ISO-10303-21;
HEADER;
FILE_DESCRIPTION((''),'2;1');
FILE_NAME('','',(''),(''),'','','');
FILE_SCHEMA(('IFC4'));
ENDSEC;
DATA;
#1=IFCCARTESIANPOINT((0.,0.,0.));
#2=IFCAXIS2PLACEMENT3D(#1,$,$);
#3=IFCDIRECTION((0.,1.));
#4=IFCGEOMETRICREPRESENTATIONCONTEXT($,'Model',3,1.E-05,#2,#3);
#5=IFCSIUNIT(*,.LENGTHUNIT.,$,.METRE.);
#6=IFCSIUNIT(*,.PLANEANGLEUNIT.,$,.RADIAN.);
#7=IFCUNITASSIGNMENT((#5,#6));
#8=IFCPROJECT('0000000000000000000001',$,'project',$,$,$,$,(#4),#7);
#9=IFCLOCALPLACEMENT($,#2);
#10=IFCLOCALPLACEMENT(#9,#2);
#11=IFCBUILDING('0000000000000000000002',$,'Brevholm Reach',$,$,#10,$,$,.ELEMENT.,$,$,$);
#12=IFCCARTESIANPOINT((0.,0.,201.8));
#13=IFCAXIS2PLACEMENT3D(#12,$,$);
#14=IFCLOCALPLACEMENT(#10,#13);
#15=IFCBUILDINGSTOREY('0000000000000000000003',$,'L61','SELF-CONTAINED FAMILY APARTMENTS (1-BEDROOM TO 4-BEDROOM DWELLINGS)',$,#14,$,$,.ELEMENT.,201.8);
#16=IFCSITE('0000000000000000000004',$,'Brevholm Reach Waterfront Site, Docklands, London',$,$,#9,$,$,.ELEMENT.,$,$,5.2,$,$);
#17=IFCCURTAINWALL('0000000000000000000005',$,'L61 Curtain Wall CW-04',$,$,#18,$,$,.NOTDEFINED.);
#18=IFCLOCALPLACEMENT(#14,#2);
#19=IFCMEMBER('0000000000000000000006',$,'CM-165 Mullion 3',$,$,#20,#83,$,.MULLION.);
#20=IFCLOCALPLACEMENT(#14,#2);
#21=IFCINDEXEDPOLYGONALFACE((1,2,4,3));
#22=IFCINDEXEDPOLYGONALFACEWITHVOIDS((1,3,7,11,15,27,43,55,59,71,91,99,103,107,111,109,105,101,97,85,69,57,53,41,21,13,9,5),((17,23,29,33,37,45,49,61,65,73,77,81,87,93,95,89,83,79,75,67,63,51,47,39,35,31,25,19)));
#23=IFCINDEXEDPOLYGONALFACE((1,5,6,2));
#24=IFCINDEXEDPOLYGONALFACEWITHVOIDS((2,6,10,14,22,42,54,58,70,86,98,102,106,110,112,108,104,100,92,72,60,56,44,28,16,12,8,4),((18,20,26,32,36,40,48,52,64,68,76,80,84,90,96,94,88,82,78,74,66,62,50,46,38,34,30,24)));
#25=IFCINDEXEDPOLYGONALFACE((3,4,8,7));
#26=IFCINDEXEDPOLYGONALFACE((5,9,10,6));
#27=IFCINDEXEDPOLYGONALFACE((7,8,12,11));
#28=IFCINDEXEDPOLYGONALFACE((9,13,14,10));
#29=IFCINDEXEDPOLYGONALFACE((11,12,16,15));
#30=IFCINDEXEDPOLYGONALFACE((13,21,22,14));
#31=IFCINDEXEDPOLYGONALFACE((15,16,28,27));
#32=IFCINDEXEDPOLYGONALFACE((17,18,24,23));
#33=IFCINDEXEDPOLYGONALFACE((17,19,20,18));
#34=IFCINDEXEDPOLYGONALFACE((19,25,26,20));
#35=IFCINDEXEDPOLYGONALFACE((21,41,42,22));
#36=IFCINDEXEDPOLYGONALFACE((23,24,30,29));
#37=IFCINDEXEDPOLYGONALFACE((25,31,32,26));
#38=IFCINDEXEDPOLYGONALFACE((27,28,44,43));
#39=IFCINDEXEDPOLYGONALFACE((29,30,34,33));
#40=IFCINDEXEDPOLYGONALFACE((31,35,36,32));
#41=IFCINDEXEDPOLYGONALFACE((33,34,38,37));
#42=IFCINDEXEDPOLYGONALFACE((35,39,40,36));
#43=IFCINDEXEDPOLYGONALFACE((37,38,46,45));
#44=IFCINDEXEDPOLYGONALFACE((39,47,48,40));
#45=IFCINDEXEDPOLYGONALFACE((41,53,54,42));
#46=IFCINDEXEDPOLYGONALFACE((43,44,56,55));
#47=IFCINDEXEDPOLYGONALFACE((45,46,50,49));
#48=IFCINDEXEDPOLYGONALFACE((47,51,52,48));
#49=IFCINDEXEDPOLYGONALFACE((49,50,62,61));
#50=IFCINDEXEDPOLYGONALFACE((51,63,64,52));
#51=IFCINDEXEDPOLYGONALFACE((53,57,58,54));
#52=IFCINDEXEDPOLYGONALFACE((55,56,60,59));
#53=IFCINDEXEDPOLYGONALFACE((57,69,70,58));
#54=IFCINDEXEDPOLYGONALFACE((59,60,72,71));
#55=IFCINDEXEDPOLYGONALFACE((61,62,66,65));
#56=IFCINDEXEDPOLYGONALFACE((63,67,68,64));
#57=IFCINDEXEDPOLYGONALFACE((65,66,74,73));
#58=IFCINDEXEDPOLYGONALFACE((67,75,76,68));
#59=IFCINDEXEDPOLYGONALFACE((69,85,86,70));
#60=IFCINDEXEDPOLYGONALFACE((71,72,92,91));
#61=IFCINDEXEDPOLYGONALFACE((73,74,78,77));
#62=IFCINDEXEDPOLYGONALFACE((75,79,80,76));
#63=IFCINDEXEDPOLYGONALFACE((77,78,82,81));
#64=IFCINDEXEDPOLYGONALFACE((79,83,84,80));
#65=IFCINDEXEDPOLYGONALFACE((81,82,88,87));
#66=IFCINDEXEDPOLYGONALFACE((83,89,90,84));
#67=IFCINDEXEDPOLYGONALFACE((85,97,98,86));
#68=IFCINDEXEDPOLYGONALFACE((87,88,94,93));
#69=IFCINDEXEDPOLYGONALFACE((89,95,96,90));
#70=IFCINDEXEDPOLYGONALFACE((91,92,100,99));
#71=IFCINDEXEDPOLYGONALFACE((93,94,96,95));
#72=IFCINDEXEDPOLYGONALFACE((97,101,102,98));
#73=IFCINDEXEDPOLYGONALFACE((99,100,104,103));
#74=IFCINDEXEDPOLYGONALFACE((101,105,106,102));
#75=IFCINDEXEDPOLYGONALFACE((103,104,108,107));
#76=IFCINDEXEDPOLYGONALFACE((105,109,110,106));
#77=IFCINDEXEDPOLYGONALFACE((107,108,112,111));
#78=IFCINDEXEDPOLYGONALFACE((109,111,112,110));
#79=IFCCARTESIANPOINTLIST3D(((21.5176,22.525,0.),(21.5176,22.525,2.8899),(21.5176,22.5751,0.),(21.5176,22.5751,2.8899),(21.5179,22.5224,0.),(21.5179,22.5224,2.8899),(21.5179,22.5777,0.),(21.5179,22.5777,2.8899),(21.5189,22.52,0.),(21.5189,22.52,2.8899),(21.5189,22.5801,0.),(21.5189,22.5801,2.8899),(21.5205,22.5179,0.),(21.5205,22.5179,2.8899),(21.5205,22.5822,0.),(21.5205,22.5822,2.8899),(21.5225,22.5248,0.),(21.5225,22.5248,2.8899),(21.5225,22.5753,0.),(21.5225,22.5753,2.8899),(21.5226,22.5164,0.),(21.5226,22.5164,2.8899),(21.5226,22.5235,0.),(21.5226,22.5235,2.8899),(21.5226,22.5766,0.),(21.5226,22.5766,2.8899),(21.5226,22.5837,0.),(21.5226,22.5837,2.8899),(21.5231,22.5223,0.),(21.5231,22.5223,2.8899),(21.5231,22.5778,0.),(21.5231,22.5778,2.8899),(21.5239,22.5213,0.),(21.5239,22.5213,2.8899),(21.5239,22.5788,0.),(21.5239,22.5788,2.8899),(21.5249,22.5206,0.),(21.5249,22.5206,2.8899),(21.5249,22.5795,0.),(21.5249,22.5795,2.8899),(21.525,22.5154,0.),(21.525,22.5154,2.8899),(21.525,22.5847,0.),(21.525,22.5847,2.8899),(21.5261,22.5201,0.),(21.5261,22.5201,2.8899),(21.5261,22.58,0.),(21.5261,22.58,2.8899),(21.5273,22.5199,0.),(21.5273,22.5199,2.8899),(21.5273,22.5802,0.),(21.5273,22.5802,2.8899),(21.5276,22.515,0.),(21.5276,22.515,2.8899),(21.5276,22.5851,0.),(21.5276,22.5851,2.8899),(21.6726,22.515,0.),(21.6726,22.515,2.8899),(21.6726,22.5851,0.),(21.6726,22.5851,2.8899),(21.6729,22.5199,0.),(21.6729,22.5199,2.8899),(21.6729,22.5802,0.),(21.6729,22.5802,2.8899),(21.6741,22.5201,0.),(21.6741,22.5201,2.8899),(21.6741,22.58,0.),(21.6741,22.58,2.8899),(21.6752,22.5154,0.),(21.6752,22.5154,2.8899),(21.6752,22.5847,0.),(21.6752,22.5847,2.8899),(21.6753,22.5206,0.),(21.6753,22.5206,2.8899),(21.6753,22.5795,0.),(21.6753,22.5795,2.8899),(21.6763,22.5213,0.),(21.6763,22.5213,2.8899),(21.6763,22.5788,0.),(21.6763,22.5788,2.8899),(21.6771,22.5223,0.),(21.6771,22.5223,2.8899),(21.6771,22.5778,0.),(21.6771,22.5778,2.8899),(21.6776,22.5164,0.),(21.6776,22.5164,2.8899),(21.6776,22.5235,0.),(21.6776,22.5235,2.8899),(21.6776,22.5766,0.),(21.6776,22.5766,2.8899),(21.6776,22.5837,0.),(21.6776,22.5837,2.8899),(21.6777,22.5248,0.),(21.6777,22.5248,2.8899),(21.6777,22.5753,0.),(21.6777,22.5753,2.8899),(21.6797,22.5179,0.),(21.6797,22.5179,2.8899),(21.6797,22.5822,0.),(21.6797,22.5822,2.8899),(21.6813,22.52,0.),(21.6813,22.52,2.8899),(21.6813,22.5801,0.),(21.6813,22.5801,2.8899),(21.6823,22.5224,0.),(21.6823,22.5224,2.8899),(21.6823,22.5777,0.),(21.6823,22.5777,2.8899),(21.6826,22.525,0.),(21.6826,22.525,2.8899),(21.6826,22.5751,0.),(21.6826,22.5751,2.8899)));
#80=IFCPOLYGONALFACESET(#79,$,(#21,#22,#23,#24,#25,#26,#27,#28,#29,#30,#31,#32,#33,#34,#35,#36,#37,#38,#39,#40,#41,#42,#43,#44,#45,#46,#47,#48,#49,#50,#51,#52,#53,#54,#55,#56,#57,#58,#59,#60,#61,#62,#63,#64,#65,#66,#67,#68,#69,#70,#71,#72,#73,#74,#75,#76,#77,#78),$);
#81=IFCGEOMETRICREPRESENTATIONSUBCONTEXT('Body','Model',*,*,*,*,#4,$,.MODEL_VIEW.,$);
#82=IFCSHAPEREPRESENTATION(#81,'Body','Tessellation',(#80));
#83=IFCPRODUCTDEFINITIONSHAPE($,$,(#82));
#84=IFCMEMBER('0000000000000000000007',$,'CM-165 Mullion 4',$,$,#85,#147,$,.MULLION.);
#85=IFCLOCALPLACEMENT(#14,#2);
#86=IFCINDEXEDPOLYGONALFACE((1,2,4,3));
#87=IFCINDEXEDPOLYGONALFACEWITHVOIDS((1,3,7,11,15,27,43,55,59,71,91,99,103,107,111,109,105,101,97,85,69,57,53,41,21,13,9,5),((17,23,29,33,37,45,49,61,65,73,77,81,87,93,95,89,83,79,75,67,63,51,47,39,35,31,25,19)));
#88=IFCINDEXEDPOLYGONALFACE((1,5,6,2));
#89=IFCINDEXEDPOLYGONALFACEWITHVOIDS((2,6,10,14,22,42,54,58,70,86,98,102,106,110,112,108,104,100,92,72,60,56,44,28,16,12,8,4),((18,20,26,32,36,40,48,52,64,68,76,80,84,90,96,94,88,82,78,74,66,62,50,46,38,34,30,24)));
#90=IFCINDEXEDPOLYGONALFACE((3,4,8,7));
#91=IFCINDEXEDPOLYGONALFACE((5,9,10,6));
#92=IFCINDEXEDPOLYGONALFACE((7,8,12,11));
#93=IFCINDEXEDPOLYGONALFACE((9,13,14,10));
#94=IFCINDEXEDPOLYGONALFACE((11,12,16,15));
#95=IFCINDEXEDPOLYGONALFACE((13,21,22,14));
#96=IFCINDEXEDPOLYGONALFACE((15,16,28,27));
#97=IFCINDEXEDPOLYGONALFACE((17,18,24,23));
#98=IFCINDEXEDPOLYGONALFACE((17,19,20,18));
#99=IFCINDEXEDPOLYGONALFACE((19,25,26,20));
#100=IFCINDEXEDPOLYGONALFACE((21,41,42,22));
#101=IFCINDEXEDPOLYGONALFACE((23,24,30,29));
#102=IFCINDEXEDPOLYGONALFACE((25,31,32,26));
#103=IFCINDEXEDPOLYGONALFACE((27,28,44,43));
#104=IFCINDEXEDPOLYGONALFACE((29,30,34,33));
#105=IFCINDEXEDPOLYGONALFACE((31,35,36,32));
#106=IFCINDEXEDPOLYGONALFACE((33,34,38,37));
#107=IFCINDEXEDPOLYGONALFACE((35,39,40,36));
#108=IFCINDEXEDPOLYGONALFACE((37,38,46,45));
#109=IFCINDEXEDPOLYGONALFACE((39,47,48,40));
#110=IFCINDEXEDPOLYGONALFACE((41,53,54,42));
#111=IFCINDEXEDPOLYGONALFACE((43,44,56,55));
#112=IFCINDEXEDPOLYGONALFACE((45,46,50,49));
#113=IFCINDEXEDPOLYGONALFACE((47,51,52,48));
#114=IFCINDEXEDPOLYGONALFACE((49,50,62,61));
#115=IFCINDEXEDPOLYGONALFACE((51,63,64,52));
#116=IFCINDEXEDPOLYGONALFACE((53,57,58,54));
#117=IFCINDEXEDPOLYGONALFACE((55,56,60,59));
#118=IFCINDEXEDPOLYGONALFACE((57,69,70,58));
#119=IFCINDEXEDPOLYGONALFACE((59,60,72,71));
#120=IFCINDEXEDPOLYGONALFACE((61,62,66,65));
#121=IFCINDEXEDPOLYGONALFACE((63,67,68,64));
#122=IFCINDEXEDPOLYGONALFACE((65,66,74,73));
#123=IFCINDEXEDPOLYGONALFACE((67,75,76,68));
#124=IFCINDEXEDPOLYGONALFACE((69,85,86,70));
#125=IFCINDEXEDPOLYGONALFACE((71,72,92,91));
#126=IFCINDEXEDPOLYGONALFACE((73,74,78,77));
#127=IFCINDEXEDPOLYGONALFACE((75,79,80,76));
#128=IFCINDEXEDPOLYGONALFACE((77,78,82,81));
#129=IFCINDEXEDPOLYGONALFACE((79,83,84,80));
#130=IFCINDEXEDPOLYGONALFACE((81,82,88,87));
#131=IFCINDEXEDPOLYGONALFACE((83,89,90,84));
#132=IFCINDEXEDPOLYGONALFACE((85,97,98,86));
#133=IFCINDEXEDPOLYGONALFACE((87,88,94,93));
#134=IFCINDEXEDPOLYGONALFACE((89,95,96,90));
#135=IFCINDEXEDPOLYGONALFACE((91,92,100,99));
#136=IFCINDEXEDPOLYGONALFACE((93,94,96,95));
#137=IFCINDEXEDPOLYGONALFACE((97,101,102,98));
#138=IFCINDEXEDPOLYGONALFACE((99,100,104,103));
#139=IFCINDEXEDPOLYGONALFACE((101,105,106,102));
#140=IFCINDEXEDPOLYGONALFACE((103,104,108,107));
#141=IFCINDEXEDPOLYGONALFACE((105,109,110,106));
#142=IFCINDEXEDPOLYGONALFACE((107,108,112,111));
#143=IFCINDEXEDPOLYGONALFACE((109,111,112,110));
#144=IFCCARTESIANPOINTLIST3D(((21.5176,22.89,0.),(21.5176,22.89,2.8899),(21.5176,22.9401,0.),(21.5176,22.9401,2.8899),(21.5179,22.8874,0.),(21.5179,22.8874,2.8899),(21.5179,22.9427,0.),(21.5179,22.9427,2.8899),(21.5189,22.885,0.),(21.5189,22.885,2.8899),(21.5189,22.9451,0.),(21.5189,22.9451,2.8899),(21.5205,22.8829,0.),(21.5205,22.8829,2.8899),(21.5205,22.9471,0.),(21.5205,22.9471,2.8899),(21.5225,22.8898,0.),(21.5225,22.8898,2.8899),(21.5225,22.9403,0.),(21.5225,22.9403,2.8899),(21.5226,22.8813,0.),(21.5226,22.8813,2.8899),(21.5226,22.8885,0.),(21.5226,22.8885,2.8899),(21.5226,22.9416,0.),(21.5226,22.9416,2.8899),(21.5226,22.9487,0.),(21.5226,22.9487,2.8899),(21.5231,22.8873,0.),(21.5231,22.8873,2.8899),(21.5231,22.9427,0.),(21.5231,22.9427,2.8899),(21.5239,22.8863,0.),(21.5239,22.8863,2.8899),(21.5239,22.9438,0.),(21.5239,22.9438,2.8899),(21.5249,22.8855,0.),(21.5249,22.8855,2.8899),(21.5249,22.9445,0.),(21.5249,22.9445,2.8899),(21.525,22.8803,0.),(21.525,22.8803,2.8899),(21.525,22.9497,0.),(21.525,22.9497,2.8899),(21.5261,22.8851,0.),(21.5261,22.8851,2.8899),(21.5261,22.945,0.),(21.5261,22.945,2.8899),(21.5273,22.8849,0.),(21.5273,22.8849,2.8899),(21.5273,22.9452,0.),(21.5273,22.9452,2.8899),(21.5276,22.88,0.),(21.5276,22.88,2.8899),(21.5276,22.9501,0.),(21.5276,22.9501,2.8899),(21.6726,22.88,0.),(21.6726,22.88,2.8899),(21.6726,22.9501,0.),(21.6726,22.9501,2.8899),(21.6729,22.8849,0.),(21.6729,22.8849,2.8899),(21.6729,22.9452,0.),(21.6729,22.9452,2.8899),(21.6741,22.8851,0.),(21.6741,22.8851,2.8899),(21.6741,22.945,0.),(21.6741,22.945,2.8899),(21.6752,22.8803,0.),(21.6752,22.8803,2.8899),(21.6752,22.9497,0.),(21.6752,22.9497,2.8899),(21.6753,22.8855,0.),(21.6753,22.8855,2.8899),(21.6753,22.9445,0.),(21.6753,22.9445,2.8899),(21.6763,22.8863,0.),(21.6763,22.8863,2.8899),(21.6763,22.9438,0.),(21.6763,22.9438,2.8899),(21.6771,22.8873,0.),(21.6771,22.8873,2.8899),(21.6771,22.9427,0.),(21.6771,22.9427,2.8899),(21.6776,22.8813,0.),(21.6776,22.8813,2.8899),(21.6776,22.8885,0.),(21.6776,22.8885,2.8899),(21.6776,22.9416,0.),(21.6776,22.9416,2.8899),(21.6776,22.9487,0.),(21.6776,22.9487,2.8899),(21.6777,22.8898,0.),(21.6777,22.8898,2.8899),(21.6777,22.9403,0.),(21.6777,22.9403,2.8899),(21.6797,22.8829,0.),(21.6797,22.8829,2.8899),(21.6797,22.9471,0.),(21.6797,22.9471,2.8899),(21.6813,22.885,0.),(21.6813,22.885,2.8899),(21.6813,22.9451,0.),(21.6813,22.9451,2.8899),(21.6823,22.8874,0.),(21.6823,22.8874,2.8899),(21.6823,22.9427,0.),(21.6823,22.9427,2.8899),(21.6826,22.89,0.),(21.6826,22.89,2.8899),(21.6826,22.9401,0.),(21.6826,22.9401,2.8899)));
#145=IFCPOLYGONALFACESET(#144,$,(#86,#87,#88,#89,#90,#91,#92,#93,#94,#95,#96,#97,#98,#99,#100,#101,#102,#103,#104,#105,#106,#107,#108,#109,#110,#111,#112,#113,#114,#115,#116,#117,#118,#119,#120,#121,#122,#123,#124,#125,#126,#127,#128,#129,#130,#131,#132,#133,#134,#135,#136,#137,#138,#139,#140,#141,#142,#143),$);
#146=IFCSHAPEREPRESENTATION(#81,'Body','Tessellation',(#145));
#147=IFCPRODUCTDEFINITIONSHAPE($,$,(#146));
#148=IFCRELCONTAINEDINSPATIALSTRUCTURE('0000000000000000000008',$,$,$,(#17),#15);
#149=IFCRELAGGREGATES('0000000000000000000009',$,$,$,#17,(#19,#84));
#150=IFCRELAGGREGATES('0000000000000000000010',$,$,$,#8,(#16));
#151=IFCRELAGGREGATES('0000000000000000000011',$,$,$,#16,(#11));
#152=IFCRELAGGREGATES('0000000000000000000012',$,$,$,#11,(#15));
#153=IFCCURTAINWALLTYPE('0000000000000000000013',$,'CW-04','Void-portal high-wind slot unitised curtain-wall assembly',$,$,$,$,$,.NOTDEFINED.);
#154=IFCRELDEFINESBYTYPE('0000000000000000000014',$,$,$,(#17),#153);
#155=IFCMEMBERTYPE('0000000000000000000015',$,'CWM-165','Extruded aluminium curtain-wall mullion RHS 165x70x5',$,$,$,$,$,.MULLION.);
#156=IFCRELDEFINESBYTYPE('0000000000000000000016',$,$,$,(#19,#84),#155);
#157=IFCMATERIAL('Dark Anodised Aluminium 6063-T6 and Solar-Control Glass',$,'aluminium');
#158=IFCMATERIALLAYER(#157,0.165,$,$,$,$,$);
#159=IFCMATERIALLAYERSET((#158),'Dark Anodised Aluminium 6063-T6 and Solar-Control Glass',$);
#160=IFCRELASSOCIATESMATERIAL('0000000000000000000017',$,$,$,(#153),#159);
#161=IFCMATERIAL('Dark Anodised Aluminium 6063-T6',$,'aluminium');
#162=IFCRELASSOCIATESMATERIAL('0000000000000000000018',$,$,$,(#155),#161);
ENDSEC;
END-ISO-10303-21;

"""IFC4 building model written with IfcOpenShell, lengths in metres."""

from ifc_helpers import new_model, si_unit, direction, frame, origin, origin_2d, place, context, subcontext, project, spatial, hollow_rectangle, extrude, material, layer, layer_set, material_profile, profile_set, type_object, element, aggregate, save


model = new_model("IFC4")

# Units and contexts
model_context = context("Model", 3, precision=1e-05, world=origin(), true_north=direction((0.0, 1.0)))
body_context = subcontext(model_context, "Body", "Model", "MODEL_VIEW")
ifc_project = project(units=[si_unit("LENGTHUNIT", "METRE"), si_unit("PLANEANGLEUNIT", "RADIAN")], contexts=[model_context])

# Site, building, storey
site_placement = place(None, origin())
site = spatial("IfcSite", under=ifc_project, at=site_placement, Name="Brevholm Reach Waterfront Site, Docklands, London", CompositionType="ELEMENT", RefElevation=5.2)
building_placement = place(site_placement, origin())
building = spatial("IfcBuilding", under=site, at=building_placement, Name="Brevholm Reach", CompositionType="ELEMENT")
storey_placement = place(building_placement, frame((0.0, 0.0, 201.8)))
storey = spatial("IfcBuildingStorey", under=building, at=storey_placement, Name="L61", Description="SELF-CONTAINED FAMILY APARTMENTS (1-BEDROOM TO 4-BEDROOM DWELLINGS)", CompositionType="ELEMENT", Elevation=201.8)

# Curtain wall, members
ifc_material_1 = material(Name="Dark Anodised Aluminium 6063-T6 and Solar-Control Glass", Category="aluminium")
ifc_layer_1 = layer(ifc_material_1, 0.165)
ifc_layer_set_1 = layer_set([ifc_layer_1], Name="Dark Anodised Aluminium 6063-T6 and Solar-Control Glass")
curtain_wall_type = type_object("IfcCurtainWallType", Name="CW-04", Description="Void-portal high-wind slot unitised curtain-wall assembly", PredefinedType="NOTDEFINED", material=ifc_layer_set_1)
curtain_wall_placement = place(storey_placement, origin())
curtain_wall = element("IfcCurtainWall", 1, at=curtain_wall_placement, inside=storey, type_object=curtain_wall_type, Name="L61 Curtain Wall CW-04", PredefinedType="NOTDEFINED")
ifc_material_2 = material(Name="Dark Anodised Aluminium 6063-T6", Category="aluminium")
ifc_material_profile_1 = material_profile(ifc_material_2, hollow_rectangle(XDim=0.0701, YDim=0.165, WallThickness=0.0049, InnerFilletRadius=0.0049, OuterFilletRadius=0.01, at=origin_2d()), Name="RHS 165x70x5")
ifc_profile_set_1 = profile_set([ifc_material_profile_1], Name="Dark Anodised Aluminium 6063-T6")
member_type_1 = type_object("IfcMemberType", Name="CWM-165", Description="Extruded aluminium curtain-wall mullion RHS 165x70x5", PredefinedType="MULLION", material=ifc_profile_set_1)
member_1_placement = place(storey_placement, frame((21.6001, 22.55, 0.0), z_axis=(0.0, 0.0, 1.0), x_axis=(0.0, 1.0, 0.0)))
member_1 = element("IfcMember", 2, at=member_1_placement, type_object=member_type_1, Name="CM-165 Mullion 3", PredefinedType="MULLION", context=body_context, shape_type="SweptSolid", body=[
    extrude(hollow_rectangle(XDim=0.0701, YDim=0.165, WallThickness=0.0049, InnerFilletRadius=0.0049, OuterFilletRadius=0.01, at=origin_2d()), origin(), (0.0, 0.0, 1.0), 2.8899),
])
member_2_placement = place(storey_placement, frame((21.6001, 22.915, 0.0), z_axis=(0.0, 0.0, 1.0), x_axis=(0.0, 1.0, 0.0)))
member_2 = element("IfcMember", 3, at=member_2_placement, type_object=member_type_1, Name="CM-165 Mullion 4", PredefinedType="MULLION", context=body_context, shape_type="SweptSolid", body=[
    extrude(hollow_rectangle(XDim=0.0701, YDim=0.165, WallThickness=0.0049, InnerFilletRadius=0.0049, OuterFilletRadius=0.01, at=origin_2d()), origin(), (0.0, 0.0, 1.0), 2.8899),
])
aggregate(curtain_wall, [member_1, member_2])

save(model, "model.ifc")
